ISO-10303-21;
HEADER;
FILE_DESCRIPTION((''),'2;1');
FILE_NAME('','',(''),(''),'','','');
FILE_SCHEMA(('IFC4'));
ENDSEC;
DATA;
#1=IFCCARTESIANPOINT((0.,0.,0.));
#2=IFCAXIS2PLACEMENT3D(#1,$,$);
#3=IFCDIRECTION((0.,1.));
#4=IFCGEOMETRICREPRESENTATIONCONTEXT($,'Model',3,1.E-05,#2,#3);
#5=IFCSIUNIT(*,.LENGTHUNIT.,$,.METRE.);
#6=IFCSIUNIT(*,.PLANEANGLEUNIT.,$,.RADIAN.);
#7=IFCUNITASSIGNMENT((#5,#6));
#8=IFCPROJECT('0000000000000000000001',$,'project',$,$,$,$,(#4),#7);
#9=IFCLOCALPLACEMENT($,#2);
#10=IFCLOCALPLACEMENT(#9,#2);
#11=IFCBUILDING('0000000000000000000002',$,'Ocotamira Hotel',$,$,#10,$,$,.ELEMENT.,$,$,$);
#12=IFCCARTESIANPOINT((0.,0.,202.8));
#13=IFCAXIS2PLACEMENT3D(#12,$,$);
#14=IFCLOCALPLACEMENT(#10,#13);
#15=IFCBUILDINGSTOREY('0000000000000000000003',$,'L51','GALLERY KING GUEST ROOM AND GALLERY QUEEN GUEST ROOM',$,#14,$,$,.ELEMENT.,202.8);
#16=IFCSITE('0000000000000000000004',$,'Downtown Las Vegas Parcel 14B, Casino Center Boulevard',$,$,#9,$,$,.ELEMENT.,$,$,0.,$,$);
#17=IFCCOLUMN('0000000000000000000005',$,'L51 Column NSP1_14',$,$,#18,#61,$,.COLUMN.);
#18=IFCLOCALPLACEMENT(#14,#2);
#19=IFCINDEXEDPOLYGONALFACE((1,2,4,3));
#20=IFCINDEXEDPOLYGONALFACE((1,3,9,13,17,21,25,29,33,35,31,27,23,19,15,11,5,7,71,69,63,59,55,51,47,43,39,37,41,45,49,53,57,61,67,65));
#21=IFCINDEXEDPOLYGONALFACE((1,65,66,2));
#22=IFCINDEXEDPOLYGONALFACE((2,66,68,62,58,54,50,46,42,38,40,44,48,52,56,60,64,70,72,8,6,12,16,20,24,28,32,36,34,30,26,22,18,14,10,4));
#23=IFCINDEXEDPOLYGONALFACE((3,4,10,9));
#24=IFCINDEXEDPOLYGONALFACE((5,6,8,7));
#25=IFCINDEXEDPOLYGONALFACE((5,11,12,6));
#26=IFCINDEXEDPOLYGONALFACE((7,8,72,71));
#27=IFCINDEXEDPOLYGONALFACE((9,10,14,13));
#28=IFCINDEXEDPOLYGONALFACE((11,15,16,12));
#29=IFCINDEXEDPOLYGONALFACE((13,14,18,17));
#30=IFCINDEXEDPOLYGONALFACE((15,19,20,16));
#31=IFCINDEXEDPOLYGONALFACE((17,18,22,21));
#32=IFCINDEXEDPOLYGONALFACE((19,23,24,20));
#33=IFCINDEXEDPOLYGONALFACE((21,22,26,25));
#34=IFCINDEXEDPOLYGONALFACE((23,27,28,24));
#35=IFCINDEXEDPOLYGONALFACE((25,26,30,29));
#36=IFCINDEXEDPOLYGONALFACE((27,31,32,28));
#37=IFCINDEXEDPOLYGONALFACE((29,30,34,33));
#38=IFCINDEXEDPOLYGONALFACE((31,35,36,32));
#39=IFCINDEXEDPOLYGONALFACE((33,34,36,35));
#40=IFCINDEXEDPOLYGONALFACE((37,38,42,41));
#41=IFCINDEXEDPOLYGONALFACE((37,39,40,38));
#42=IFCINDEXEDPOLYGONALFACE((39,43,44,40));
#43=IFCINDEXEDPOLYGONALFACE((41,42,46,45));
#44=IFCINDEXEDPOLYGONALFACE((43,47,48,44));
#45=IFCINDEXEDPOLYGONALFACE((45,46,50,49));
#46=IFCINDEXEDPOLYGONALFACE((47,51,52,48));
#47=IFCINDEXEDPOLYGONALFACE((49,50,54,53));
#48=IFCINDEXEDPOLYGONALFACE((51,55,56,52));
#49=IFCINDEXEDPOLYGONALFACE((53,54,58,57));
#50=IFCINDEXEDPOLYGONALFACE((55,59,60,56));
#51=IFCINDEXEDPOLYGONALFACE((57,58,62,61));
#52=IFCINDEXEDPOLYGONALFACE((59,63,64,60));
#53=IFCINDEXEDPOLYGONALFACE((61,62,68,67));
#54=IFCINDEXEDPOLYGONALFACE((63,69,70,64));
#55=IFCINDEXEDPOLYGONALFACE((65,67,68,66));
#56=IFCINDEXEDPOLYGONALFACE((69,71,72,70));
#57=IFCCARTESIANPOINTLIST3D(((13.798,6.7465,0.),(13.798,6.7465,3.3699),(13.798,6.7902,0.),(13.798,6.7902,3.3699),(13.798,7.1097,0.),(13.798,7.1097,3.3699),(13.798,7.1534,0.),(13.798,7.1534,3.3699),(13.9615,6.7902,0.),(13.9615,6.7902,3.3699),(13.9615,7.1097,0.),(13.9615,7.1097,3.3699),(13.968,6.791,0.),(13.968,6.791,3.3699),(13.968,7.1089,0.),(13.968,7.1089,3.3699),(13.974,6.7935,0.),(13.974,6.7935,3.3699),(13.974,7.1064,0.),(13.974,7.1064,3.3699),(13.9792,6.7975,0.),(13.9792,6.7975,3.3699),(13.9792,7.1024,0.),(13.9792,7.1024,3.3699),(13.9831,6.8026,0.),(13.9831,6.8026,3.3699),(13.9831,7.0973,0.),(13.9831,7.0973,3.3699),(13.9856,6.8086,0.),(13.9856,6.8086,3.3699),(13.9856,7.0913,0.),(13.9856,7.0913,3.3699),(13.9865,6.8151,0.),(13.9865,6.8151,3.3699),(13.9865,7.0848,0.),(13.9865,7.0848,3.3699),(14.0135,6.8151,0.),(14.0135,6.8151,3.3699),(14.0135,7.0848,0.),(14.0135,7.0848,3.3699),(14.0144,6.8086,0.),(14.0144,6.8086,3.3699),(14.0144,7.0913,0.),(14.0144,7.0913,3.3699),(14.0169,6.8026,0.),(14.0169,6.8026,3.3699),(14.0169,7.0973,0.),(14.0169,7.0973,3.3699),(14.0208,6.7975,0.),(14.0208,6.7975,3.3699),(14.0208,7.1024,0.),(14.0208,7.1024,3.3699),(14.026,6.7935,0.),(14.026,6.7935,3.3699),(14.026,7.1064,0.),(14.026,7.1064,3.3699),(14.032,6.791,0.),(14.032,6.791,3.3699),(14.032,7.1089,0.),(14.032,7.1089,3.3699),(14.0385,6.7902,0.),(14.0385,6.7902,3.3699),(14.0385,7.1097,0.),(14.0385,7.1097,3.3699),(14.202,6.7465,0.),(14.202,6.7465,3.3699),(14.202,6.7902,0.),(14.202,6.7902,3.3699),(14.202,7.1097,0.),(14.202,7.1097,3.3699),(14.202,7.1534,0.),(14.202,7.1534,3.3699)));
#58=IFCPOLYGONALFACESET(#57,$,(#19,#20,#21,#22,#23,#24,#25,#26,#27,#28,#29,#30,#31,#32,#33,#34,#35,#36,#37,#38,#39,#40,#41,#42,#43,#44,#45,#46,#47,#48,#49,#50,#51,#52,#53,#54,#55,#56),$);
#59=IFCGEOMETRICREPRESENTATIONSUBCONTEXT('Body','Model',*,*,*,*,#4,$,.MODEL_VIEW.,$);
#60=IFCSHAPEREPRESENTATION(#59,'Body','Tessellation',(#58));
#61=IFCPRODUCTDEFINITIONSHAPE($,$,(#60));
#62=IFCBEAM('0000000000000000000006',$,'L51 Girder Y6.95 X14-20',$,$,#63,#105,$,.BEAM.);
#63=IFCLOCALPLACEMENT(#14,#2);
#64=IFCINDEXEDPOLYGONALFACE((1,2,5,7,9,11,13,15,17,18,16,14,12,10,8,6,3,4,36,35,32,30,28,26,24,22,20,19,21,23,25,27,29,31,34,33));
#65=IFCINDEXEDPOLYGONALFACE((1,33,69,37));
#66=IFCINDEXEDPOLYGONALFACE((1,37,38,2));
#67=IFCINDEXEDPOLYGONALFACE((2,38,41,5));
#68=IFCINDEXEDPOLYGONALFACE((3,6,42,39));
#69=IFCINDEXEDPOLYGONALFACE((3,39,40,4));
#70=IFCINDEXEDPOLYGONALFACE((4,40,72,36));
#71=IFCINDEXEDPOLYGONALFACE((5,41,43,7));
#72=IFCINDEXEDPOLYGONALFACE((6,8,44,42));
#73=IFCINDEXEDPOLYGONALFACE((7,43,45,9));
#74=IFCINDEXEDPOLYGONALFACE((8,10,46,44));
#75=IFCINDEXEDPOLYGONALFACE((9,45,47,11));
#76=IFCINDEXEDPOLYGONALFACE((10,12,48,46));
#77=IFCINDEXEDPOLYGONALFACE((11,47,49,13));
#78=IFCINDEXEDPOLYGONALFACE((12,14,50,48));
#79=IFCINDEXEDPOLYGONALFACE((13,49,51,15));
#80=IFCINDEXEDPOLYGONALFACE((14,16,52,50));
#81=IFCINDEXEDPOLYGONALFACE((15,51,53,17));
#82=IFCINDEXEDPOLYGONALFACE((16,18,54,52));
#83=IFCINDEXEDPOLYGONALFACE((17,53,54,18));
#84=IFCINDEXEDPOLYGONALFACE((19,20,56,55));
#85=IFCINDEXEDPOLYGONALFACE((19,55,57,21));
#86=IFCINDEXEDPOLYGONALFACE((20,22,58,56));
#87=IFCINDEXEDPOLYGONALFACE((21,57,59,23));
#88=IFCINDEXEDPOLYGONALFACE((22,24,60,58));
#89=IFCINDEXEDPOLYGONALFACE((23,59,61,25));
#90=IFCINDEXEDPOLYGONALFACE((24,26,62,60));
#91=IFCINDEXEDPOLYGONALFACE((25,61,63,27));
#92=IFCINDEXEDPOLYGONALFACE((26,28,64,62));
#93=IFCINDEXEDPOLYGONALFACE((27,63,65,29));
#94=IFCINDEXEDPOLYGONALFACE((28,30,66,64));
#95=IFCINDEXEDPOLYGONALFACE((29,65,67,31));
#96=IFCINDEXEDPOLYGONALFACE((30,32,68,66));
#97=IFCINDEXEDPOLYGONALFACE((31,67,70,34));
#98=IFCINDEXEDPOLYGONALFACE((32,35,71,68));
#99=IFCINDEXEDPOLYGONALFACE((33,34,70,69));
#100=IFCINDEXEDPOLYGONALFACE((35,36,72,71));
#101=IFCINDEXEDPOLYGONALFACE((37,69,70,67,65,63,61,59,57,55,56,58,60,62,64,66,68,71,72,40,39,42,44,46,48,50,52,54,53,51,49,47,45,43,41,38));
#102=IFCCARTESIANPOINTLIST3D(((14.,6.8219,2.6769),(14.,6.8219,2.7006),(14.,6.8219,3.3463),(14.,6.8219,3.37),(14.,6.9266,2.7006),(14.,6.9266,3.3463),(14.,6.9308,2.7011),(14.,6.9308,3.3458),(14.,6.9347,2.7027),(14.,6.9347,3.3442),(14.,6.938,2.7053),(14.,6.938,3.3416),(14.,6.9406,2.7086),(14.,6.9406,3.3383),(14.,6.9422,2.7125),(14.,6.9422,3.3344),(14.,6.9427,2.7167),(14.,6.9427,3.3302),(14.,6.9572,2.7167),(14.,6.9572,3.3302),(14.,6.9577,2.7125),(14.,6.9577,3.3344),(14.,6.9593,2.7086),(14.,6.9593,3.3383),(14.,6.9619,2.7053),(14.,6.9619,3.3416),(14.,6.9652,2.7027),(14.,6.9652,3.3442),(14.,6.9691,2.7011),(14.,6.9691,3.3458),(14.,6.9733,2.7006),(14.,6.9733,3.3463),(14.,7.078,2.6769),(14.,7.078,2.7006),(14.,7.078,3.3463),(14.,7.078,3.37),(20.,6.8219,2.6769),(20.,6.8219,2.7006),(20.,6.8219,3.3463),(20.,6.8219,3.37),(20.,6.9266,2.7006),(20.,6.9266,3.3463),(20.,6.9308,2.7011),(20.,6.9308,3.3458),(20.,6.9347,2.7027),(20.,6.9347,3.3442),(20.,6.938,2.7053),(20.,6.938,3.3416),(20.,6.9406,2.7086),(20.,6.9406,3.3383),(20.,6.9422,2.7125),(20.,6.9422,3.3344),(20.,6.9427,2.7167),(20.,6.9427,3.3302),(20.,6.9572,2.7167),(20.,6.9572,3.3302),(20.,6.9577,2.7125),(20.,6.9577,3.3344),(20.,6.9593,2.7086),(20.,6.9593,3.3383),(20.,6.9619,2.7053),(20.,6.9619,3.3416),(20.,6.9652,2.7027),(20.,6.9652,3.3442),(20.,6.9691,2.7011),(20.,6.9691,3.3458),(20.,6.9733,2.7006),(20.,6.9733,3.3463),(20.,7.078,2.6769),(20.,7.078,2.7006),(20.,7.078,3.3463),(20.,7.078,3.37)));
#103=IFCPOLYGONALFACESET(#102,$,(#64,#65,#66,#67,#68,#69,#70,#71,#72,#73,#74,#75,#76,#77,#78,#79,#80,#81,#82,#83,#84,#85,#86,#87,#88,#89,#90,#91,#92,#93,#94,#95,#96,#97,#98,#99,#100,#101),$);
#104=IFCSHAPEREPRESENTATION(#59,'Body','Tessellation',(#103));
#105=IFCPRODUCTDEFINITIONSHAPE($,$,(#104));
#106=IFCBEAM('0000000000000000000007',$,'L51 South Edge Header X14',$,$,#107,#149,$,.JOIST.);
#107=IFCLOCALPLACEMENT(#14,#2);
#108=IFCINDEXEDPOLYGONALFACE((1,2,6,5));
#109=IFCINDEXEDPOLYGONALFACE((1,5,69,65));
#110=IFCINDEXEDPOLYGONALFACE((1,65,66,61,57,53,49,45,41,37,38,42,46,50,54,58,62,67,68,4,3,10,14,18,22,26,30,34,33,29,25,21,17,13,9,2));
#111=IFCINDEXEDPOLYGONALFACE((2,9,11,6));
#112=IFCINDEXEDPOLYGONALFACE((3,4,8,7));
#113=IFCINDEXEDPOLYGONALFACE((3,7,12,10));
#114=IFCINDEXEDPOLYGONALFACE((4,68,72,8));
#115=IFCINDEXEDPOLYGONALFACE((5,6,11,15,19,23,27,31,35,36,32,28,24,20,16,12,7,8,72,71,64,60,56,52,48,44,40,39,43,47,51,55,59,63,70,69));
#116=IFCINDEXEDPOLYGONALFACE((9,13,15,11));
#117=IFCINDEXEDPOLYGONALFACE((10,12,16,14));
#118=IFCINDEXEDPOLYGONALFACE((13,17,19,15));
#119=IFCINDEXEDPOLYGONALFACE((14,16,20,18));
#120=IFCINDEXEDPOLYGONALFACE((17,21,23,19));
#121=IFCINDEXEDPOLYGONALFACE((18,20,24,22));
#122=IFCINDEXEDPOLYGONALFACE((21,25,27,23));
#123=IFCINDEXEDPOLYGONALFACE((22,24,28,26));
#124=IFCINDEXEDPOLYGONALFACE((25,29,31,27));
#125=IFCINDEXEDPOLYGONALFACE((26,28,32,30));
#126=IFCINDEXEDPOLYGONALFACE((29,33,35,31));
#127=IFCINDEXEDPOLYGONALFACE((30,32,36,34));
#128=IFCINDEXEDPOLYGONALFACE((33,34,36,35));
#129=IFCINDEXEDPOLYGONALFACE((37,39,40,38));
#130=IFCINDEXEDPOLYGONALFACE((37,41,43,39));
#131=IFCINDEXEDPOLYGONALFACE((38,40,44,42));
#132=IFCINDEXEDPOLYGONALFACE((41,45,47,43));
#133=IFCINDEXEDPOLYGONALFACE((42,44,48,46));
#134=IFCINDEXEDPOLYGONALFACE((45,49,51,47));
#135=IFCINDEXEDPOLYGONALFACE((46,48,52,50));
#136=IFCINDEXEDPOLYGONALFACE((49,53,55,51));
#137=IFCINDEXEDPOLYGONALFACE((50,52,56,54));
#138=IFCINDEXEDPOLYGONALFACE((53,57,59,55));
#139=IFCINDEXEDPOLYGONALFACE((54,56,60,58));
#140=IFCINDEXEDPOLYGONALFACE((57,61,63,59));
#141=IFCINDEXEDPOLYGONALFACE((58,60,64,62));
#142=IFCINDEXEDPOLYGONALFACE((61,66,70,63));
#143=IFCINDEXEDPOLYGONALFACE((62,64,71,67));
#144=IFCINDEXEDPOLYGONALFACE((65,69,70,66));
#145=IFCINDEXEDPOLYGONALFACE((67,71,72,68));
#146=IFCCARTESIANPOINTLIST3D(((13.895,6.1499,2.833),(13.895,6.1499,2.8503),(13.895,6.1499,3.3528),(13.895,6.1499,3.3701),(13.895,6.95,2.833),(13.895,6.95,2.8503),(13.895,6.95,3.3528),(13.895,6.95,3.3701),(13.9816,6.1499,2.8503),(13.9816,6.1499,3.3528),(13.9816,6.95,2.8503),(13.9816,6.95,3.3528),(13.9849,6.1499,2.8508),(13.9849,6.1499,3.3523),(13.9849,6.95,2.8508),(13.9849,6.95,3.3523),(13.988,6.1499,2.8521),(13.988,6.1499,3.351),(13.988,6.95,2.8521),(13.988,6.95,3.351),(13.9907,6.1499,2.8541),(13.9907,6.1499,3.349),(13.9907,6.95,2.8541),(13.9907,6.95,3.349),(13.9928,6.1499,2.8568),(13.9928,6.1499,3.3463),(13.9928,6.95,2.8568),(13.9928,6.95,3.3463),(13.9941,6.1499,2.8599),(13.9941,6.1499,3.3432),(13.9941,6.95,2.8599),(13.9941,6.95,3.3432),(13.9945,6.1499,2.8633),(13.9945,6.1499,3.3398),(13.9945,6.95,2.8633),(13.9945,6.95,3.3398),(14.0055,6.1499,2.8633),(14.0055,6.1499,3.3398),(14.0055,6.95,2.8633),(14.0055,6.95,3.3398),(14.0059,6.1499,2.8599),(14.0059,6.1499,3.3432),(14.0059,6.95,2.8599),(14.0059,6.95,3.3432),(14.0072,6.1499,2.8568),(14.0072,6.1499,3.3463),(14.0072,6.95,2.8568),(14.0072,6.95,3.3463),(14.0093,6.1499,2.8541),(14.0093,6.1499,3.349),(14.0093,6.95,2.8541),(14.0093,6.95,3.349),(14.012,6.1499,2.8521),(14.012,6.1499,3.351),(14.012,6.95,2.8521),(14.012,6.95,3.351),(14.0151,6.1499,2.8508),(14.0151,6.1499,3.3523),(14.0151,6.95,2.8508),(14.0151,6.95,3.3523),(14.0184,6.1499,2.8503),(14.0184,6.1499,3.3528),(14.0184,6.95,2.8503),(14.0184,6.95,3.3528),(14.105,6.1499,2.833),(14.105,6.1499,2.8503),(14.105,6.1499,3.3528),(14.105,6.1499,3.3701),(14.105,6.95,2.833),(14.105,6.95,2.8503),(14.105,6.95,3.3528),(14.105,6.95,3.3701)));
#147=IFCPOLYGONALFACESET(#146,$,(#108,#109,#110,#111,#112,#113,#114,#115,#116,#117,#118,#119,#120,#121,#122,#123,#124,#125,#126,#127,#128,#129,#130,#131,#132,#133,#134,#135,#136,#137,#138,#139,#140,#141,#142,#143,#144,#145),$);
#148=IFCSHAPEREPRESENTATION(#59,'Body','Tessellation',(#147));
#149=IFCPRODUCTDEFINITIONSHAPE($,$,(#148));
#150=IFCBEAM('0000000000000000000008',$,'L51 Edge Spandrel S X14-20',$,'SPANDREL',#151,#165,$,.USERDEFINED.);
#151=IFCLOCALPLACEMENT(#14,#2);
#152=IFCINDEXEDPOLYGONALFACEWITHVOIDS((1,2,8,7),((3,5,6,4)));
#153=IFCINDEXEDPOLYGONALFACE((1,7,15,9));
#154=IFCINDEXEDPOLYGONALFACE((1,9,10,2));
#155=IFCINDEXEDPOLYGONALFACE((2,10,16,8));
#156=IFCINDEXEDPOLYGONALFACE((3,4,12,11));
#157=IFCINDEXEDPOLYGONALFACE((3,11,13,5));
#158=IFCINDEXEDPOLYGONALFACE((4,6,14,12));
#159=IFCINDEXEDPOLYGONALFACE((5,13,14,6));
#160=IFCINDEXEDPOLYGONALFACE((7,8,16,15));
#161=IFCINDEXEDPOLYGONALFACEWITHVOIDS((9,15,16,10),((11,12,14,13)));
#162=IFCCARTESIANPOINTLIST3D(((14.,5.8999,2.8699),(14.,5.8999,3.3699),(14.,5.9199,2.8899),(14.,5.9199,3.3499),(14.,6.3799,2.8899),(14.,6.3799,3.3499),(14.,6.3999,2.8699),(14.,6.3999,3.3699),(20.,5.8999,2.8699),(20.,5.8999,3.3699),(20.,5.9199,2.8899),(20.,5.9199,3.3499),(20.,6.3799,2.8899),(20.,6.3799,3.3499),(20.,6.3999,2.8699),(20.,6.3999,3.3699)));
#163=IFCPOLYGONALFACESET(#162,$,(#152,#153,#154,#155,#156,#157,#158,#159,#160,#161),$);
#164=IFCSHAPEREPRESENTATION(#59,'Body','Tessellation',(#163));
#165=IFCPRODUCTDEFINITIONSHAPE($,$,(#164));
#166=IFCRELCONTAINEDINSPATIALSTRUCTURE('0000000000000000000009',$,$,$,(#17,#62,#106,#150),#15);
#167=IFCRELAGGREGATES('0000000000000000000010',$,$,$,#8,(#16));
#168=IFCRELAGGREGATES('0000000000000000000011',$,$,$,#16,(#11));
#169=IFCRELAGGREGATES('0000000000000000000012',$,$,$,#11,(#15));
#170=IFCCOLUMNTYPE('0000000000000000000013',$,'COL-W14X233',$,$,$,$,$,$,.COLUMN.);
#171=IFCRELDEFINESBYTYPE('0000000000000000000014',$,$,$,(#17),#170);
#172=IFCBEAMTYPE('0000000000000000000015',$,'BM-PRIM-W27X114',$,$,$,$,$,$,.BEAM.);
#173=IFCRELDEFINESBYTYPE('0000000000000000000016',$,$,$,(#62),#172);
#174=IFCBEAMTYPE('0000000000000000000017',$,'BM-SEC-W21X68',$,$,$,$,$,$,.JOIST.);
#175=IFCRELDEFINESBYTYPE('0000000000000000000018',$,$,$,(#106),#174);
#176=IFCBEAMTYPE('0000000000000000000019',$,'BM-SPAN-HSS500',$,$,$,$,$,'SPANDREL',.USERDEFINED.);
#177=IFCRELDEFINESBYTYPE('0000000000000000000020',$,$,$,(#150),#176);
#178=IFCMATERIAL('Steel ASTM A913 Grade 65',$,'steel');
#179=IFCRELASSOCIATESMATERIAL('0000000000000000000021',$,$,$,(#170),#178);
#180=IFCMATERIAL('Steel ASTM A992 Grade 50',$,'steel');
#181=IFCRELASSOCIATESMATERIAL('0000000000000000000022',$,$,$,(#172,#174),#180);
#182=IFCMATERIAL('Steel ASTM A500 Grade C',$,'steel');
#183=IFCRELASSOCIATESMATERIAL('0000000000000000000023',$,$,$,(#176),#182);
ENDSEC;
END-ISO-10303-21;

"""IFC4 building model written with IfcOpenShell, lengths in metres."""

from ifc_helpers import new_model, si_unit, direction, frame, origin, origin_2d, place, context, subcontext, project, spatial, hollow_rectangle, i_section, extrude, source, transform, mapped, material, material_profile, profile_set, type_object, element, save


model = new_model("IFC4")

# Units and contexts
model_context = context("Model", 3, precision=1e-05, world=origin(), true_north=direction((0.0, 1.0)))
body_context = subcontext(model_context, "Body", "Model", "MODEL_VIEW")
ifc_project = project(units=[si_unit("LENGTHUNIT", "METRE"), si_unit("PLANEANGLEUNIT", "RADIAN")], contexts=[model_context])

# Site, building, storey
site_placement = place(None, origin())
site = spatial("IfcSite", under=ifc_project, at=site_placement, Name="Downtown Las Vegas Parcel 14B, Casino Center Boulevard", CompositionType="ELEMENT", RefElevation=0.0)
building_placement = place(site_placement, origin())
building = spatial("IfcBuilding", under=site, at=building_placement, Name="Ocotamira Hotel", CompositionType="ELEMENT")
storey_placement = place(building_placement, frame((0.0, 0.0, 202.8)))
storey = spatial("IfcBuildingStorey", under=building, at=storey_placement, Name="L51", Description="GALLERY KING GUEST ROOM AND GALLERY QUEEN GUEST ROOM", CompositionType="ELEMENT", Elevation=202.8)

# Column
ifc_material_1 = material(Name="Steel ASTM A913 Grade 65", Category="steel")
ifc_material_profile_1 = material_profile(ifc_material_1, i_section(OverallWidth=0.4041, OverallDepth=0.407, WebThickness=0.0271, FlangeThickness=0.0437, FilletRadius=0.0249, at=origin_2d()), Name="W14X233")
ifc_profile_set_1 = profile_set([ifc_material_profile_1], Name="Steel ASTM A913 Grade 65")
column_type = type_object("IfcColumnType", Name="COL-W14X233", PredefinedType="COLUMN", material=ifc_profile_set_1)
shared_shape_1 = source(origin(), body_context, "Body", "SweptSolid", [
    extrude(i_section(OverallWidth=0.4041, OverallDepth=0.407, WebThickness=0.0271, FlangeThickness=0.0437, FilletRadius=0.0249, at=origin_2d()), origin(), (0.0, 0.0, 1.0), 3.3699),
])
column_placement = place(storey_placement, frame((14.0, 6.95, 0.0), z_axis=(0.0, 0.0, 1.0), x_axis=(1.0, 0.0, 0.0)))
element("IfcColumn", 1, at=column_placement, inside=storey, type_object=column_type, Name="L51 Column NSP1_14", PredefinedType="COLUMN", context=body_context, shape_type="MappedRepresentation", body=[
    mapped(shared_shape_1, transform((0.0, 0.0, 0.0), scale=1.0)),
])

# Beams
ifc_material_2 = material(Name="Steel ASTM A992 Grade 50", Category="steel")
ifc_material_profile_2 = material_profile(ifc_material_2, i_section(OverallWidth=0.2561, OverallDepth=0.6931, WebThickness=0.0144, FlangeThickness=0.0237, FilletRadius=0.0161, at=origin_2d()), Name="W27X114")
ifc_profile_set_2 = profile_set([ifc_material_profile_2], Name="Steel ASTM A992 Grade 50")
beam_type_1 = type_object("IfcBeamType", Name="BM-PRIM-W27X114", PredefinedType="BEAM", material=ifc_profile_set_2)
shared_shape_2 = source(origin(), body_context, "Body", "SweptSolid", [
    extrude(i_section(OverallWidth=0.2561, OverallDepth=0.6931, WebThickness=0.0144, FlangeThickness=0.0237, FilletRadius=0.0161, at=origin_2d()), origin(), (0.0, 0.0, 1.0), 6.0),
])
beam_1_placement = place(storey_placement, frame((14.0, 6.95, 3.0234), z_axis=(1.0, 0.0, 0.0), x_axis=(0.0, 1.0, 0.0)))
element("IfcBeam", 2, at=beam_1_placement, inside=storey, type_object=beam_type_1, Name="L51 Girder Y6.95 X14-20", PredefinedType="BEAM", context=body_context, shape_type="MappedRepresentation", body=[
    mapped(shared_shape_2, transform((0.0, 0.0, 0.0), scale=1.0)),
])
ifc_material_profile_3 = material_profile(ifc_material_2, i_section(OverallWidth=0.21, OverallDepth=0.5371, WebThickness=0.011, FlangeThickness=0.0173, FilletRadius=0.0129, at=origin_2d()), Name="W21X68")
ifc_profile_set_3 = profile_set([ifc_material_profile_3], Name="Steel ASTM A992 Grade 50")
beam_type_2 = type_object("IfcBeamType", Name="BM-SEC-W21X68", PredefinedType="JOIST", material=ifc_profile_set_3)
shared_shape_3 = source(origin(), body_context, "Body", "SweptSolid", [
    extrude(i_section(OverallWidth=0.21, OverallDepth=0.5371, WebThickness=0.011, FlangeThickness=0.0173, FilletRadius=0.0129, at=origin_2d()), origin(), (0.0, 0.0, 1.0), 0.8),
])
beam_2_placement = place(storey_placement, frame((14.0, 6.95, 3.1016), z_axis=(0.0, -1.0, 0.0), x_axis=(1.0, 0.0, 0.0)))
element("IfcBeam", 3, at=beam_2_placement, inside=storey, type_object=beam_type_2, Name="L51 South Edge Header X14", PredefinedType="JOIST", context=body_context, shape_type="MappedRepresentation", body=[
    mapped(shared_shape_3, transform((0.0, 0.0, 0.0), scale=1.0)),
])
ifc_material_3 = material(Name="Steel ASTM A500 Grade C", Category="steel")
ifc_material_profile_4 = material_profile(ifc_material_3, hollow_rectangle(XDim=0.5, YDim=0.5, WallThickness=0.02, at=origin_2d()), Name="HSS500X500X20")
ifc_profile_set_4 = profile_set([ifc_material_profile_4], Name="Steel ASTM A500 Grade C")
beam_type_3 = type_object("IfcBeamType", Name="BM-SPAN-HSS500", ElementType="SPANDREL", PredefinedType="USERDEFINED", material=ifc_profile_set_4)
shared_shape_4 = source(origin(), body_context, "Body", "SweptSolid", [
    extrude(hollow_rectangle(XDim=0.5, YDim=0.5, WallThickness=0.02, at=origin_2d()), origin(), (0.0, 0.0, 1.0), 6.0),
])
beam_3_placement = place(storey_placement, frame((14.0, 6.1499, 3.1199), z_axis=(1.0, 0.0, 0.0), x_axis=(0.0, 1.0, 0.0)))
element("IfcBeam", 4, at=beam_3_placement, inside=storey, type_object=beam_type_3, Name="L51 Edge Spandrel S X14-20", ObjectType="SPANDREL", PredefinedType="USERDEFINED", context=body_context, shape_type="MappedRepresentation", body=[
    mapped(shared_shape_4, transform((0.0, 0.0, 0.0), scale=1.0)),
])

save(model, "model.ifc")
